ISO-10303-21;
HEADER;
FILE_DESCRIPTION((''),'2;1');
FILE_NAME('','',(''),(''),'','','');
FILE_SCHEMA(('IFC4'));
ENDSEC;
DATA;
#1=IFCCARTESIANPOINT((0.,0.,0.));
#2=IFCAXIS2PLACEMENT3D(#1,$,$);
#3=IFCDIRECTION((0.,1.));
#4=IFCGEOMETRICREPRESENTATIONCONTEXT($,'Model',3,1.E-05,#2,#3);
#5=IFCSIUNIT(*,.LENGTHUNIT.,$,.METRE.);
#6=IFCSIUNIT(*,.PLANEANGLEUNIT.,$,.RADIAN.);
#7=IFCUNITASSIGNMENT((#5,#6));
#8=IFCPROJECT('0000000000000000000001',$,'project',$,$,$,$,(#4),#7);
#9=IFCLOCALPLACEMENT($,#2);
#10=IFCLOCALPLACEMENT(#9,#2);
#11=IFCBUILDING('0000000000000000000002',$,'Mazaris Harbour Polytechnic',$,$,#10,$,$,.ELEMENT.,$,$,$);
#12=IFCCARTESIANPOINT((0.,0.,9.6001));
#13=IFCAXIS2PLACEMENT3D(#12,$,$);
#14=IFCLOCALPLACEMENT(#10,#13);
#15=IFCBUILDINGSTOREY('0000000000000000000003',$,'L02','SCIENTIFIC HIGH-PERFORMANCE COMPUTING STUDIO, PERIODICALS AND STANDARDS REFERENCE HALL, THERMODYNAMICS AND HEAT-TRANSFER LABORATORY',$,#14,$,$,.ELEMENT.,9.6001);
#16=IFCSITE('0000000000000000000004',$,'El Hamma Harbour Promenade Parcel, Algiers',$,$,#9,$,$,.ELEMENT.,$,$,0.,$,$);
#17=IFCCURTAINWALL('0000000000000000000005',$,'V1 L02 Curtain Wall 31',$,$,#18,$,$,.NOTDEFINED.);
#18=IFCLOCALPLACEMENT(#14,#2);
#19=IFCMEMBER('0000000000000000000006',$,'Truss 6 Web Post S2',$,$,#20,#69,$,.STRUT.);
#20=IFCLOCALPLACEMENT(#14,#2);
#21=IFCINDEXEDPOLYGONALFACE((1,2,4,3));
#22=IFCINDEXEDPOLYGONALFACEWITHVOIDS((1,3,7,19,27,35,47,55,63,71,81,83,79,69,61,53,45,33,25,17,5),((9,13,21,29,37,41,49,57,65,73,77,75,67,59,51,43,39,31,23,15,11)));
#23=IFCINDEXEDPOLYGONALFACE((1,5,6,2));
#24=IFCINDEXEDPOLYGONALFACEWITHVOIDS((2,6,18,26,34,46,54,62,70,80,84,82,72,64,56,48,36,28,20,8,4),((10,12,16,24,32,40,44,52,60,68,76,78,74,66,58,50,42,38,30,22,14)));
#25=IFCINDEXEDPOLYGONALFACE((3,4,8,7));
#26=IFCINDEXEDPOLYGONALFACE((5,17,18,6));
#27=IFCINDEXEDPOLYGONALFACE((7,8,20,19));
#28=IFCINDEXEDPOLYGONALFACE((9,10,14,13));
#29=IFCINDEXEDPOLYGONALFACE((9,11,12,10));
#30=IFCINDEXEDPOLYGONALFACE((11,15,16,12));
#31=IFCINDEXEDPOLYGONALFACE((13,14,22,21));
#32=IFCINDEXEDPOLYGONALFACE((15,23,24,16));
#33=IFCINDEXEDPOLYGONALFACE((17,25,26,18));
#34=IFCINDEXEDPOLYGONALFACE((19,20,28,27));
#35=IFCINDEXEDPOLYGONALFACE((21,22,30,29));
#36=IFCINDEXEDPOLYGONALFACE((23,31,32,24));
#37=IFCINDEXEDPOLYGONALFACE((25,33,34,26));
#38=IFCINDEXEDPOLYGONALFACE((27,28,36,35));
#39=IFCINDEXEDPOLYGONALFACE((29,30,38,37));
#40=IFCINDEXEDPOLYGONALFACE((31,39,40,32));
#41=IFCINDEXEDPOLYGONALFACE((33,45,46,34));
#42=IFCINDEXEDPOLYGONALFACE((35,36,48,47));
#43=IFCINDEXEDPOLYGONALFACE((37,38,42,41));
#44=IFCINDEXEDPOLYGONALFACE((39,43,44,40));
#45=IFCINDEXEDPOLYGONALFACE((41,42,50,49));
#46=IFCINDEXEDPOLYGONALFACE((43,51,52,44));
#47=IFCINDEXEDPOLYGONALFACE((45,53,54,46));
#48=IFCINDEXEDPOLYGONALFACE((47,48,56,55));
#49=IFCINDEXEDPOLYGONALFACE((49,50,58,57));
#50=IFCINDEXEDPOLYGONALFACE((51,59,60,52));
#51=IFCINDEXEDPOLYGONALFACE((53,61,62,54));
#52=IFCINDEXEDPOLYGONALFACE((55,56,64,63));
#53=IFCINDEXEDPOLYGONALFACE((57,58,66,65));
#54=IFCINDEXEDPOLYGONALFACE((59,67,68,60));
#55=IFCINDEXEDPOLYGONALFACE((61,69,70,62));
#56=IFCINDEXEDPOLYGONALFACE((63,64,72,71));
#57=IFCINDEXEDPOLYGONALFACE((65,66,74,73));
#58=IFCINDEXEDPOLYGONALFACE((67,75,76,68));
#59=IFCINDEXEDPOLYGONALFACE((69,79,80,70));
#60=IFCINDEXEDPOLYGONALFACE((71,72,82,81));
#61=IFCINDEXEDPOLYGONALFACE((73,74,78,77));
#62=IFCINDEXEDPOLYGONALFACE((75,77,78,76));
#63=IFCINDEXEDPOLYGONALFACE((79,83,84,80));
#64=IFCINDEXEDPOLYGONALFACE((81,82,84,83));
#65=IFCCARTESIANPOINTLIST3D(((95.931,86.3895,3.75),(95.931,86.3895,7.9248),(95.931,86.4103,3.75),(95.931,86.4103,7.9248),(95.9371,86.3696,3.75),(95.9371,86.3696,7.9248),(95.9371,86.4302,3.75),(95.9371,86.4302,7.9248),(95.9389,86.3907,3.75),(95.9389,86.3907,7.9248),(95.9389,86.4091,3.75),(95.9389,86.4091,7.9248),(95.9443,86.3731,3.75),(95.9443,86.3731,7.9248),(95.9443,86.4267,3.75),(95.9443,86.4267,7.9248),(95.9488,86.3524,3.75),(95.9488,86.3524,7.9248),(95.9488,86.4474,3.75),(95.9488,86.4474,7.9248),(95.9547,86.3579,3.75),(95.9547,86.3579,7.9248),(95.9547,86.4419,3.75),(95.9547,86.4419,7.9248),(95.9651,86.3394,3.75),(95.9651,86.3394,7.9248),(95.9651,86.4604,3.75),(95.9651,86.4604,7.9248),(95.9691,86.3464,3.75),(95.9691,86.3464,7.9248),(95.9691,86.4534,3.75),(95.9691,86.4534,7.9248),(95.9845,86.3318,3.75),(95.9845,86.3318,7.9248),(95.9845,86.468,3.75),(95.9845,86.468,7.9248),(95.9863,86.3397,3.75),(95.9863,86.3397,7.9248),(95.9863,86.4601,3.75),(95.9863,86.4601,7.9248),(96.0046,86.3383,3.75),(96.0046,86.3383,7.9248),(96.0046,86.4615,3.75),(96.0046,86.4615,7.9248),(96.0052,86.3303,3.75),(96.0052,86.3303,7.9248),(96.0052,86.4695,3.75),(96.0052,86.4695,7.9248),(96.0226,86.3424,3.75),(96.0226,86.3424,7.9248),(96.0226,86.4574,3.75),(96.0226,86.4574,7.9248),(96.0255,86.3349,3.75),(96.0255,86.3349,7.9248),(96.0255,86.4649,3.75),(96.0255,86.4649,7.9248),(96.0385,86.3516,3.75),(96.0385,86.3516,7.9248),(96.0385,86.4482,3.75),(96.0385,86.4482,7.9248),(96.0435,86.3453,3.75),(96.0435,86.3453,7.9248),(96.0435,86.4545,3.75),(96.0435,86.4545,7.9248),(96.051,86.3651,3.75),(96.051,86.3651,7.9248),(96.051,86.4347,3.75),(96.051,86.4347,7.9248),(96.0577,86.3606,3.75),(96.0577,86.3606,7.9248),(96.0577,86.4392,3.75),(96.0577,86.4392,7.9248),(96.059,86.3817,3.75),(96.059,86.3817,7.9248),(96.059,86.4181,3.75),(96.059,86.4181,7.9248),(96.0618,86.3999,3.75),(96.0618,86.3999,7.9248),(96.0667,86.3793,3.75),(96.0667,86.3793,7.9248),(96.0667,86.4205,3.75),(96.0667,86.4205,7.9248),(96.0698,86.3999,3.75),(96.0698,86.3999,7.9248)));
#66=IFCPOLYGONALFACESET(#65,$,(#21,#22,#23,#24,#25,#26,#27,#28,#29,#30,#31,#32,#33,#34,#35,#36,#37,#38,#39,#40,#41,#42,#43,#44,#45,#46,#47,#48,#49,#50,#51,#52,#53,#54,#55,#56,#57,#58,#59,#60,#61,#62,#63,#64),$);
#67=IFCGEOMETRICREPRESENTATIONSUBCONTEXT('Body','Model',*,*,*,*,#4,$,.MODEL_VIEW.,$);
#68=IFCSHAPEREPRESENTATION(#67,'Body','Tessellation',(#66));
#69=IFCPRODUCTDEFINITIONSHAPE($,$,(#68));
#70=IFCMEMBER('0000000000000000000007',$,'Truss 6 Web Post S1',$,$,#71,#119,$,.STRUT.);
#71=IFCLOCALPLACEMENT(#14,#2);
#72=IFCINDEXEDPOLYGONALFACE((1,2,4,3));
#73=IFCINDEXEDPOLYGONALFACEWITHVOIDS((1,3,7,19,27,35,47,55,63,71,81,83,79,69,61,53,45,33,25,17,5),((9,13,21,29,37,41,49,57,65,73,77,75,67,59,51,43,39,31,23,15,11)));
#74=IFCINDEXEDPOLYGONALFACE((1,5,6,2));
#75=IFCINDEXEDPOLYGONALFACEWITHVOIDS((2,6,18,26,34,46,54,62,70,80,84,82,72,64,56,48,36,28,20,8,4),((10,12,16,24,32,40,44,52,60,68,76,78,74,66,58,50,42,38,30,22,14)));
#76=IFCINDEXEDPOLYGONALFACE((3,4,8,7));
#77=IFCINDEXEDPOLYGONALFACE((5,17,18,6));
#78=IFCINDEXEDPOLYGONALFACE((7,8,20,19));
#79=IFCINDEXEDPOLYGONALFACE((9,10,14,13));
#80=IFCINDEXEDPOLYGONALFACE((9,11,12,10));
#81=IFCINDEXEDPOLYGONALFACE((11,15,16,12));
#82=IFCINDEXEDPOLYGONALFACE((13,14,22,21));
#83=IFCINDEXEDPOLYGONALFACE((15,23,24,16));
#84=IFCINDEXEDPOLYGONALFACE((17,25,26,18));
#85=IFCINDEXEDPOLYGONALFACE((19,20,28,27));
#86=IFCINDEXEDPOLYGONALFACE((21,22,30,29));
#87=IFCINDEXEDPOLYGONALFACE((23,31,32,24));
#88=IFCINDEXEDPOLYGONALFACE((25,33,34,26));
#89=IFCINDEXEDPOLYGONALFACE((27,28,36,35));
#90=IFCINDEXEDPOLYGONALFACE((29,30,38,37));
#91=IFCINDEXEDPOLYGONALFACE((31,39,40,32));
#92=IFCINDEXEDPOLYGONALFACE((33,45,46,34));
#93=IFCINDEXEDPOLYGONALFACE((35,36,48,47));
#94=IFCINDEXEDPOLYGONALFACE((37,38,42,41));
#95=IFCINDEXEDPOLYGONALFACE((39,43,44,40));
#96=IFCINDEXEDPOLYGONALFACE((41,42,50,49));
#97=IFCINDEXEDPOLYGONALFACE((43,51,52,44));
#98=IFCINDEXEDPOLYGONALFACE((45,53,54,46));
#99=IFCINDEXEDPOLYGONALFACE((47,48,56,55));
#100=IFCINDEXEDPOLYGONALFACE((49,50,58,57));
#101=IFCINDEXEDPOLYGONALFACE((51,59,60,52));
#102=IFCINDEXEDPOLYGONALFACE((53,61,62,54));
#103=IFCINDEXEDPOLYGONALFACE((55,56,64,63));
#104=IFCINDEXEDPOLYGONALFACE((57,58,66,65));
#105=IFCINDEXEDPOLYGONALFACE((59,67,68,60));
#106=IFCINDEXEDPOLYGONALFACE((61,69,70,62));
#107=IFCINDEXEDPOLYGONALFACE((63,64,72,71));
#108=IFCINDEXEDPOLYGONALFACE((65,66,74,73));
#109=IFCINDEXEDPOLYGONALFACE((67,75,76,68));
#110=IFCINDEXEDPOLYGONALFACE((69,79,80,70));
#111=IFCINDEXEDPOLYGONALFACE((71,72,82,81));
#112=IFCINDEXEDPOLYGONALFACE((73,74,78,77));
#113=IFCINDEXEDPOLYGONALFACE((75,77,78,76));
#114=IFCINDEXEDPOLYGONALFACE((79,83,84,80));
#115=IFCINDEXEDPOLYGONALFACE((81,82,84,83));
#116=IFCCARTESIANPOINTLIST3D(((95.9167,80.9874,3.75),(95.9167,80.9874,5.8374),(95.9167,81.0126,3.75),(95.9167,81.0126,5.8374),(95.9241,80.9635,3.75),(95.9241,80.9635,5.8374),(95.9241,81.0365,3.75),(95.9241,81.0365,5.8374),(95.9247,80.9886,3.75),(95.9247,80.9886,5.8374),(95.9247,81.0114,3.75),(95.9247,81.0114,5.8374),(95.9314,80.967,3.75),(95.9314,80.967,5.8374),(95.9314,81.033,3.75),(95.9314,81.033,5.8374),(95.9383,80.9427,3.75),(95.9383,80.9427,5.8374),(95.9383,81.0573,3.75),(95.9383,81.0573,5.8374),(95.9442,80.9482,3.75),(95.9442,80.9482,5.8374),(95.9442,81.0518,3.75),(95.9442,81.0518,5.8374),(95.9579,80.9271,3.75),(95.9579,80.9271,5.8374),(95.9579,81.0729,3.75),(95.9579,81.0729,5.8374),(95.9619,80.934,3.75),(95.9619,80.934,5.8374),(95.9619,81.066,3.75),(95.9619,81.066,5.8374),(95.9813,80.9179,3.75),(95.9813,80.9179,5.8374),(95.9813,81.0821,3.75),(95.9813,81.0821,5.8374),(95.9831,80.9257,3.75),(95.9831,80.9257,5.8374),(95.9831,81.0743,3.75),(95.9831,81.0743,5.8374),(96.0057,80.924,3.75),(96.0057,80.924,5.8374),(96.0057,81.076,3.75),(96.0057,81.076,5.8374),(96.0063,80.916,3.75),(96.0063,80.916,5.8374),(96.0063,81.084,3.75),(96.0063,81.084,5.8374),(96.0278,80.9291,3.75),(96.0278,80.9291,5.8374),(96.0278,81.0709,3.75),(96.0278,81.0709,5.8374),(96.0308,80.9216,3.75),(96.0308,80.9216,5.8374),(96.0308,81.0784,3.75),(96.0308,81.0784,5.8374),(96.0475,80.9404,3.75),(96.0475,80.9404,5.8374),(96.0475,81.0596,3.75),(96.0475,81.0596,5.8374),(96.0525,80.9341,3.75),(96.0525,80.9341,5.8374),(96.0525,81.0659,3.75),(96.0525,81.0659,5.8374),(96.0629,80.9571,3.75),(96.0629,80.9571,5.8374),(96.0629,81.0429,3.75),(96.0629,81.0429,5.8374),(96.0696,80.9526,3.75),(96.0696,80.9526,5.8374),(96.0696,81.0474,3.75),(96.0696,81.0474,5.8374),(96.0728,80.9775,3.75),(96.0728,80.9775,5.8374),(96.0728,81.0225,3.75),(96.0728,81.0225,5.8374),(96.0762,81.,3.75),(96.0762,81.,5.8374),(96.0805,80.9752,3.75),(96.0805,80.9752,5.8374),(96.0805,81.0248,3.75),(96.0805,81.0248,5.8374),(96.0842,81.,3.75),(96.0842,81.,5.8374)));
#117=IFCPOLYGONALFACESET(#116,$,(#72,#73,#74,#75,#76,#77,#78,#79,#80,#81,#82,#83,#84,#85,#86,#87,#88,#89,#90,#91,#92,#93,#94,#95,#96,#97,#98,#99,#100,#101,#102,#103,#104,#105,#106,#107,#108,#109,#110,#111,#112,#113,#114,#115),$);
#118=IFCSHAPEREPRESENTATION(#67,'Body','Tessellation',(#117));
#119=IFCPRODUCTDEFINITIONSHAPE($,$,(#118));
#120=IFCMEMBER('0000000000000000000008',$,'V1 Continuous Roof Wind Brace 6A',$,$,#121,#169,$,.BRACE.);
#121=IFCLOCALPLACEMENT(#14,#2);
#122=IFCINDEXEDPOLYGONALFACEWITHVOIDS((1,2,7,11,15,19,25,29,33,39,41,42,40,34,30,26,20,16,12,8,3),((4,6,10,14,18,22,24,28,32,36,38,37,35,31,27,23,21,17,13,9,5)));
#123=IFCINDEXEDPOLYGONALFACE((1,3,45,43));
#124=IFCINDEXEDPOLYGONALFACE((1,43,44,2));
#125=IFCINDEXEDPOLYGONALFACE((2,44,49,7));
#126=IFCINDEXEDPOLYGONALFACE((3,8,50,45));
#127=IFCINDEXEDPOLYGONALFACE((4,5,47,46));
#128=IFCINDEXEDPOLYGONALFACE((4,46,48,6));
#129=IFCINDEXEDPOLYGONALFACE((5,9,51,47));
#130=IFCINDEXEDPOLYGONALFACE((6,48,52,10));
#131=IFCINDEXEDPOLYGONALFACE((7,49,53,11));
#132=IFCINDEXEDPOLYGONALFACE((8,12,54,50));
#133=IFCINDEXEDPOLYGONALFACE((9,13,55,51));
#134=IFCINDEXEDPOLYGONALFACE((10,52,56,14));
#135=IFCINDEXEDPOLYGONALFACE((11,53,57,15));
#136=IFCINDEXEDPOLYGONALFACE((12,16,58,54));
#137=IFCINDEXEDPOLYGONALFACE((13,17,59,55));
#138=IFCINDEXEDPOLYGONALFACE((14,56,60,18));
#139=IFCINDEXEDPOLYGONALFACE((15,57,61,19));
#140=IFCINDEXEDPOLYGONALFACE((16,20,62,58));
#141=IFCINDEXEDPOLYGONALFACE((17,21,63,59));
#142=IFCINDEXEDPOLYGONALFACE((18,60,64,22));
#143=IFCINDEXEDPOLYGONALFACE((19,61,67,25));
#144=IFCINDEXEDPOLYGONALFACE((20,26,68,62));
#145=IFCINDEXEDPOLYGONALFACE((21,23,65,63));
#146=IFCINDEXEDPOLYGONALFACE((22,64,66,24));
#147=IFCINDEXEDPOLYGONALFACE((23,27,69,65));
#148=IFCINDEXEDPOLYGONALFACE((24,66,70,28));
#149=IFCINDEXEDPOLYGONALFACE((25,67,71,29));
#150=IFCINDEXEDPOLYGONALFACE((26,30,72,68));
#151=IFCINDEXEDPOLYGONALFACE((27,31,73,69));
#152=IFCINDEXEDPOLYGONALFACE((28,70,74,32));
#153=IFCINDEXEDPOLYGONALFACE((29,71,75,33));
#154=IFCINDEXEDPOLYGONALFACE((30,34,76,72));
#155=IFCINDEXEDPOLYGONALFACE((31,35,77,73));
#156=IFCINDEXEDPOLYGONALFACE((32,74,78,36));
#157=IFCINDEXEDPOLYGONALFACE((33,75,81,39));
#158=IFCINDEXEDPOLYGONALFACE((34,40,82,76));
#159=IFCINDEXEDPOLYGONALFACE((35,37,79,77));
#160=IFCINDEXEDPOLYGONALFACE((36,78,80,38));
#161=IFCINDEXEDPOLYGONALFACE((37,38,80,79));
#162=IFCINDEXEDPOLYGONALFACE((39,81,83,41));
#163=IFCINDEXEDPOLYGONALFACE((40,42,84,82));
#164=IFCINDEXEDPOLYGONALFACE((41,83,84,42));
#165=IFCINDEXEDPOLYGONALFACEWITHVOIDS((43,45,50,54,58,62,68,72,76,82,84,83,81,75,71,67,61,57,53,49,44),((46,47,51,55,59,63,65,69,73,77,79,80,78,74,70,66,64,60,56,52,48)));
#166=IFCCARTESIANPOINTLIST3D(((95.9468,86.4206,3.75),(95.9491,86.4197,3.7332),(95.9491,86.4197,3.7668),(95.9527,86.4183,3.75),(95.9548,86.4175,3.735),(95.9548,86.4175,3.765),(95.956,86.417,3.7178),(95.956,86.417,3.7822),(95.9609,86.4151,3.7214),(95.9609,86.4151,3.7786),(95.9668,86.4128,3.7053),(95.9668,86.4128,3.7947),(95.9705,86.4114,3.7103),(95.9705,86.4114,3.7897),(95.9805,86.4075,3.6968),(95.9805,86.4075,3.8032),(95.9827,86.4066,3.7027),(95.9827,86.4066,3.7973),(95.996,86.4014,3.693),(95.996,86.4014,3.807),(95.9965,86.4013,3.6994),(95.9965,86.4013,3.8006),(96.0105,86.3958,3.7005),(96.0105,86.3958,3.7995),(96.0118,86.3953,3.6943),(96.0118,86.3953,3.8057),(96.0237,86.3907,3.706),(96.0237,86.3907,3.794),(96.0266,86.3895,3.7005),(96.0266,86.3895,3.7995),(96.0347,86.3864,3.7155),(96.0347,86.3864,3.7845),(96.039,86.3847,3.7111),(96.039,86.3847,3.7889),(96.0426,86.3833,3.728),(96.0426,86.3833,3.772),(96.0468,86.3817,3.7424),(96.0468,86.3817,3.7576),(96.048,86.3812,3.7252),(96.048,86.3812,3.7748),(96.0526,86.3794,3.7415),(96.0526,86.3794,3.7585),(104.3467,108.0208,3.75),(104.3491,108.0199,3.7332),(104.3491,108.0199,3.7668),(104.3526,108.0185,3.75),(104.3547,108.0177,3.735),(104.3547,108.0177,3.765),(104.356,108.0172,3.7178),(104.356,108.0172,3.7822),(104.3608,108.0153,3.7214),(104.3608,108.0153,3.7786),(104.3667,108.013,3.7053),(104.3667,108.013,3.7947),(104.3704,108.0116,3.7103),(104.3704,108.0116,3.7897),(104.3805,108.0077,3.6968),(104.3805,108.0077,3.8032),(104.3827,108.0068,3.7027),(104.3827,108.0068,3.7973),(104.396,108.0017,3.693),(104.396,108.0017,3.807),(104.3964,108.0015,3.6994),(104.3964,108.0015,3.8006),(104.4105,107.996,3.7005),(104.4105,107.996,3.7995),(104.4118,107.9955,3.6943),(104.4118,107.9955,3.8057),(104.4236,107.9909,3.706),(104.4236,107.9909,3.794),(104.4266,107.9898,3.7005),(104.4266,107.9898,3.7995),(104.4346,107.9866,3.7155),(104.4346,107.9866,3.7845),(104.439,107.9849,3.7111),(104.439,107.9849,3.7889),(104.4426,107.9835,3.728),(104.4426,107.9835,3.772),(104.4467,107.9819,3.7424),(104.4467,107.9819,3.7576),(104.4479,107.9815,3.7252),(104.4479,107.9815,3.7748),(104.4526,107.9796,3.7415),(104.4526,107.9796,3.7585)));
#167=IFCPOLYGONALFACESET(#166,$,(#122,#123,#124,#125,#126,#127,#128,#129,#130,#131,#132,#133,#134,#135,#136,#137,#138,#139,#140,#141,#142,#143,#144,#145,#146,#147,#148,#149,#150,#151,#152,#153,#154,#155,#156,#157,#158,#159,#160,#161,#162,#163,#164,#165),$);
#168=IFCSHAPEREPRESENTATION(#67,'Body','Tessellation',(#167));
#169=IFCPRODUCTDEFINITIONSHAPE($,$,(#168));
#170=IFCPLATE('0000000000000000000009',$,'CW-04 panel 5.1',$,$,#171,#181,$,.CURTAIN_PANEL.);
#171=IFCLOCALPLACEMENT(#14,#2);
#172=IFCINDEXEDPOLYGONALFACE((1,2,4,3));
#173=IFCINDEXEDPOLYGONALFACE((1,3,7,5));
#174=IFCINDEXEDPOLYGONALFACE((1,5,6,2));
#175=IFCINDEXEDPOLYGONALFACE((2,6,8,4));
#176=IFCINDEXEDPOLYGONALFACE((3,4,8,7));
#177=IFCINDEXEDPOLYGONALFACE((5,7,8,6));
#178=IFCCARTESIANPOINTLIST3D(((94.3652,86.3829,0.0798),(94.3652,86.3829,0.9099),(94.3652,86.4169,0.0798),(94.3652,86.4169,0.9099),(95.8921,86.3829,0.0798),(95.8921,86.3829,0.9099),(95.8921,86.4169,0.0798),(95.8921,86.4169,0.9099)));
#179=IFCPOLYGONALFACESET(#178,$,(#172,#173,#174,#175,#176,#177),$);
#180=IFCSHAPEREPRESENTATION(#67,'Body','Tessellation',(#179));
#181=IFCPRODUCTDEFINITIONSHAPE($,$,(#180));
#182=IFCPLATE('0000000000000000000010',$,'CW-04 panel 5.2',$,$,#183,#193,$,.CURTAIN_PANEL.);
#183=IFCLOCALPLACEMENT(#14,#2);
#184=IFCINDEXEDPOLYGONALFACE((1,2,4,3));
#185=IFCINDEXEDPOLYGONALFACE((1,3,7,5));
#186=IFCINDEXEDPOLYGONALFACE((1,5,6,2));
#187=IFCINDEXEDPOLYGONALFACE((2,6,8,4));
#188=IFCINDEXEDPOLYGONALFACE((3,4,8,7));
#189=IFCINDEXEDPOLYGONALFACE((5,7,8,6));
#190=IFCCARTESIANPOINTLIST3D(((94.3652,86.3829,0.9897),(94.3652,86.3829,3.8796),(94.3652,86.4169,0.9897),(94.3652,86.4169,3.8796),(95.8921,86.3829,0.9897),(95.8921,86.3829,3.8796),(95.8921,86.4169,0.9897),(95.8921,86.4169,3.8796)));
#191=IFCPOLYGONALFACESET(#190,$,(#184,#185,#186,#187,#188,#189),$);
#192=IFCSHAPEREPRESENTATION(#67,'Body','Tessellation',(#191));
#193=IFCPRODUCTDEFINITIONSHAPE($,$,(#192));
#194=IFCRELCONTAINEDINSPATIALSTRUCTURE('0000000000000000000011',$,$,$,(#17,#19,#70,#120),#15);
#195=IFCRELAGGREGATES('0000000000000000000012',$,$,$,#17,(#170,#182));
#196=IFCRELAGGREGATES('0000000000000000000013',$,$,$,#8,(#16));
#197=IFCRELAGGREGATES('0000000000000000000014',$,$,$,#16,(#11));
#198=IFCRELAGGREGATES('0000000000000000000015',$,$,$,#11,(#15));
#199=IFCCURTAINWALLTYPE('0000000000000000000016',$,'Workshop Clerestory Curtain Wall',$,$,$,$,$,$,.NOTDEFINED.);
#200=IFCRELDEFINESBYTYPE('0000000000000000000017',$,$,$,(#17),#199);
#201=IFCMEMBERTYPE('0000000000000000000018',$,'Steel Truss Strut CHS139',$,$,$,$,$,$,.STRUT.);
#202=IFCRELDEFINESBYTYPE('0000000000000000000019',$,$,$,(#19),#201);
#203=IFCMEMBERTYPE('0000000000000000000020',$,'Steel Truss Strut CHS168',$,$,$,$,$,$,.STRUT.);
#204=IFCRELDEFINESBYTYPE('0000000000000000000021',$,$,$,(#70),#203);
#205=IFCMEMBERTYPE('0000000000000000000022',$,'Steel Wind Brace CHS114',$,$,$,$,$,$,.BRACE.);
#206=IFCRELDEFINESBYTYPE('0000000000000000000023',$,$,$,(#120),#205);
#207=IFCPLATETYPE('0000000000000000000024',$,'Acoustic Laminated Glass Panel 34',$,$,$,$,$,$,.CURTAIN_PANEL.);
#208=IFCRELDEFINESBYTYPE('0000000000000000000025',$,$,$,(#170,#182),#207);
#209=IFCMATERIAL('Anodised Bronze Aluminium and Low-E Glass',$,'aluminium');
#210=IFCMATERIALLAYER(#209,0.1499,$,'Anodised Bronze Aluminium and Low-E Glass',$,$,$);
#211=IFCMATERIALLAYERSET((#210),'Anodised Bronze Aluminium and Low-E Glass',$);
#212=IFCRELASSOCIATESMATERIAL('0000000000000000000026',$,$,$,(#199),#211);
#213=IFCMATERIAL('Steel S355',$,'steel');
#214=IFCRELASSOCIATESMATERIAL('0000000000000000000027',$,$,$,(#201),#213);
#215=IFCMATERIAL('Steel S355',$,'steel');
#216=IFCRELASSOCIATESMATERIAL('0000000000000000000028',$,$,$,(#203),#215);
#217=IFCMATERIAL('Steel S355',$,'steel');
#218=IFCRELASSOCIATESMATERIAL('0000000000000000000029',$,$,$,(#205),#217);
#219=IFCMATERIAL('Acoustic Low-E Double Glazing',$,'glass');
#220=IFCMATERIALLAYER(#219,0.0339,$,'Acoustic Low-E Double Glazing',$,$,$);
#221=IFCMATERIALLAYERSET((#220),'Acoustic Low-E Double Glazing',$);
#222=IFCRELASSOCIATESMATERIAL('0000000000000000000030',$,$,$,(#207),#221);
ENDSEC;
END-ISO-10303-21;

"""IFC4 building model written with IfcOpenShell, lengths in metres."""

from ifc_helpers import new_model, si_unit, direction, frame, origin, origin_2d, place, context, subcontext, project, spatial, rectangle, hollow_circle, extrude, material, layer, layer_set, material_profile, profile_set, type_object, element, aggregate, save


model = new_model("IFC4")

# Units and contexts
model_context = context("Model", 3, precision=1e-05, world=origin(), true_north=direction((0.0, 1.0)))
body_context = subcontext(model_context, "Body", "Model", "MODEL_VIEW")
ifc_project = project(units=[si_unit("LENGTHUNIT", "METRE"), si_unit("PLANEANGLEUNIT", "RADIAN")], contexts=[model_context])

# Site, building, storey
site_placement = place(None, origin())
site = spatial("IfcSite", under=ifc_project, at=site_placement, Name="El Hamma Harbour Promenade Parcel, Algiers", CompositionType="ELEMENT", RefElevation=0.0)
building_placement = place(site_placement, origin())
building = spatial("IfcBuilding", under=site, at=building_placement, Name="Mazaris Harbour Polytechnic", CompositionType="ELEMENT")
storey_placement = place(building_placement, frame((0.0, 0.0, 9.6001)))
storey = spatial("IfcBuildingStorey", under=building, at=storey_placement, Name="L02", Description="SCIENTIFIC HIGH-PERFORMANCE COMPUTING STUDIO, PERIODICALS AND STANDARDS REFERENCE HALL, THERMODYNAMICS AND HEAT-TRANSFER LABORATORY", CompositionType="ELEMENT", Elevation=9.6001)

# Curtain wall
ifc_material_1 = material(Name="Anodised Bronze Aluminium and Low-E Glass", Category="aluminium")
ifc_layer_1 = layer(ifc_material_1, 0.1499, Name="Anodised Bronze Aluminium and Low-E Glass")
ifc_layer_set_1 = layer_set([ifc_layer_1], Name="Anodised Bronze Aluminium and Low-E Glass")
curtain_wall_type = type_object("IfcCurtainWallType", Name="Workshop Clerestory Curtain Wall", PredefinedType="NOTDEFINED", material=ifc_layer_set_1)
curtain_wall_placement = place(storey_placement, origin())
curtain_wall = element("IfcCurtainWall", 1, at=curtain_wall_placement, inside=storey, type_object=curtain_wall_type, Name="V1 L02 Curtain Wall 31", PredefinedType="NOTDEFINED")

# Members
ifc_material_2 = material(Name="Steel S355", Category="steel")
ifc_material_profile_1 = material_profile(ifc_material_2, hollow_circle(Radius=0.0698, WallThickness=0.0081, at=origin_2d()), Name="CHS 139.7x8.0")
ifc_profile_set_1 = profile_set([ifc_material_profile_1], Name="Steel S355")
member_type_1 = type_object("IfcMemberType", Name="Steel Truss Strut CHS139", PredefinedType="STRUT", material=ifc_profile_set_1)
member_1_placement = place(storey_placement, frame((96.0, 86.3999, 3.75), z_axis=(0.0, 0.0, 1.0), x_axis=(1.0, 0.0, 0.0)))
element("IfcMember", 2, at=member_1_placement, inside=storey, type_object=member_type_1, Name="Truss 6 Web Post S2", PredefinedType="STRUT", context=body_context, shape_type="SweptSolid", body=[
    extrude(hollow_circle(Radius=0.0698, WallThickness=0.0081, at=origin_2d()), origin(), (0.0, 0.0, 1.0), 4.1748),
])
ifc_material_3 = material(Name="Steel S355", Category="steel")
ifc_material_profile_2 = material_profile(ifc_material_3, hollow_circle(Radius=0.0842, WallThickness=0.0081, at=origin_2d()), Name="CHS 168.3x8.0")
ifc_profile_set_2 = profile_set([ifc_material_profile_2], Name="Steel S355")
member_type_2 = type_object("IfcMemberType", Name="Steel Truss Strut CHS168", PredefinedType="STRUT", material=ifc_profile_set_2)
member_2_placement = place(storey_placement, frame((96.0, 81.0, 3.75), z_axis=(0.0, 0.0, 1.0), x_axis=(1.0, 0.0, 0.0)))
element("IfcMember", 3, at=member_2_placement, inside=storey, type_object=member_type_2, Name="Truss 6 Web Post S1", PredefinedType="STRUT", context=body_context, shape_type="SweptSolid", body=[
    extrude(hollow_circle(Radius=0.0842, WallThickness=0.0081, at=origin_2d()), origin(), (0.0, 0.0, 1.0), 2.0874),
])
ifc_material_4 = material(Name="Steel S355", Category="steel")
ifc_material_profile_3 = material_profile(ifc_material_4, hollow_circle(Radius=0.0571, WallThickness=0.0063, at=origin_2d()), Name="CHS 114.3x6.3")
ifc_profile_set_3 = profile_set([ifc_material_profile_3], Name="Steel S355")
member_type_3 = type_object("IfcMemberType", Name="Steel Wind Brace CHS114", PredefinedType="BRACE", material=ifc_profile_set_3)
member_3_placement = place(storey_placement, frame((96.0, 86.3999, 3.75), z_axis=(0.362441, 0.932007, 0.0), x_axis=(-0.932007, 0.362441, 0.0)))
element("IfcMember", 4, at=member_3_placement, inside=storey, type_object=member_type_3, Name="V1 Continuous Roof Wind Brace 6A", PredefinedType="BRACE", context=body_context, shape_type="SweptSolid", body=[
    extrude(hollow_circle(Radius=0.0571, WallThickness=0.0063, at=origin_2d()), origin(), (0.0, 0.0, 1.0), 23.176),
])

# Plates
ifc_material_5 = material(Name="Acoustic Low-E Double Glazing", Category="glass")
ifc_layer_2 = layer(ifc_material_5, 0.0339, Name="Acoustic Low-E Double Glazing")
ifc_layer_set_2 = layer_set([ifc_layer_2], Name="Acoustic Low-E Double Glazing")
plate_type = type_object("IfcPlateType", Name="Acoustic Laminated Glass Panel 34", PredefinedType="CURTAIN_PANEL", material=ifc_layer_set_2)
plate_1_placement = place(storey_placement, frame((95.1287, 86.3999, 0.0798), z_axis=(0.0, 0.0, 1.0), x_axis=(1.0, 0.0, 0.0)))
plate_1 = element("IfcPlate", 5, at=plate_1_placement, type_object=plate_type, Name="CW-04 panel 5.1", PredefinedType="CURTAIN_PANEL", context=body_context, shape_type="SweptSolid", body=[
    extrude(rectangle(XDim=1.5269, YDim=0.0339, at=origin_2d()), origin(), (0.0, 0.0, 1.0), 0.8301),
])
plate_2_placement = place(storey_placement, frame((95.1287, 86.3999, 0.9897), z_axis=(0.0, 0.0, 1.0), x_axis=(1.0, 0.0, 0.0)))
plate_2 = element("IfcPlate", 6, at=plate_2_placement, type_object=plate_type, Name="CW-04 panel 5.2", PredefinedType="CURTAIN_PANEL", context=body_context, shape_type="SweptSolid", body=[
    extrude(rectangle(XDim=1.5269, YDim=0.0339, at=origin_2d()), origin(), (0.0, 0.0, 1.0), 2.8899),
])
aggregate(curtain_wall, [plate_1, plate_2])

save(model, "model.ifc")
